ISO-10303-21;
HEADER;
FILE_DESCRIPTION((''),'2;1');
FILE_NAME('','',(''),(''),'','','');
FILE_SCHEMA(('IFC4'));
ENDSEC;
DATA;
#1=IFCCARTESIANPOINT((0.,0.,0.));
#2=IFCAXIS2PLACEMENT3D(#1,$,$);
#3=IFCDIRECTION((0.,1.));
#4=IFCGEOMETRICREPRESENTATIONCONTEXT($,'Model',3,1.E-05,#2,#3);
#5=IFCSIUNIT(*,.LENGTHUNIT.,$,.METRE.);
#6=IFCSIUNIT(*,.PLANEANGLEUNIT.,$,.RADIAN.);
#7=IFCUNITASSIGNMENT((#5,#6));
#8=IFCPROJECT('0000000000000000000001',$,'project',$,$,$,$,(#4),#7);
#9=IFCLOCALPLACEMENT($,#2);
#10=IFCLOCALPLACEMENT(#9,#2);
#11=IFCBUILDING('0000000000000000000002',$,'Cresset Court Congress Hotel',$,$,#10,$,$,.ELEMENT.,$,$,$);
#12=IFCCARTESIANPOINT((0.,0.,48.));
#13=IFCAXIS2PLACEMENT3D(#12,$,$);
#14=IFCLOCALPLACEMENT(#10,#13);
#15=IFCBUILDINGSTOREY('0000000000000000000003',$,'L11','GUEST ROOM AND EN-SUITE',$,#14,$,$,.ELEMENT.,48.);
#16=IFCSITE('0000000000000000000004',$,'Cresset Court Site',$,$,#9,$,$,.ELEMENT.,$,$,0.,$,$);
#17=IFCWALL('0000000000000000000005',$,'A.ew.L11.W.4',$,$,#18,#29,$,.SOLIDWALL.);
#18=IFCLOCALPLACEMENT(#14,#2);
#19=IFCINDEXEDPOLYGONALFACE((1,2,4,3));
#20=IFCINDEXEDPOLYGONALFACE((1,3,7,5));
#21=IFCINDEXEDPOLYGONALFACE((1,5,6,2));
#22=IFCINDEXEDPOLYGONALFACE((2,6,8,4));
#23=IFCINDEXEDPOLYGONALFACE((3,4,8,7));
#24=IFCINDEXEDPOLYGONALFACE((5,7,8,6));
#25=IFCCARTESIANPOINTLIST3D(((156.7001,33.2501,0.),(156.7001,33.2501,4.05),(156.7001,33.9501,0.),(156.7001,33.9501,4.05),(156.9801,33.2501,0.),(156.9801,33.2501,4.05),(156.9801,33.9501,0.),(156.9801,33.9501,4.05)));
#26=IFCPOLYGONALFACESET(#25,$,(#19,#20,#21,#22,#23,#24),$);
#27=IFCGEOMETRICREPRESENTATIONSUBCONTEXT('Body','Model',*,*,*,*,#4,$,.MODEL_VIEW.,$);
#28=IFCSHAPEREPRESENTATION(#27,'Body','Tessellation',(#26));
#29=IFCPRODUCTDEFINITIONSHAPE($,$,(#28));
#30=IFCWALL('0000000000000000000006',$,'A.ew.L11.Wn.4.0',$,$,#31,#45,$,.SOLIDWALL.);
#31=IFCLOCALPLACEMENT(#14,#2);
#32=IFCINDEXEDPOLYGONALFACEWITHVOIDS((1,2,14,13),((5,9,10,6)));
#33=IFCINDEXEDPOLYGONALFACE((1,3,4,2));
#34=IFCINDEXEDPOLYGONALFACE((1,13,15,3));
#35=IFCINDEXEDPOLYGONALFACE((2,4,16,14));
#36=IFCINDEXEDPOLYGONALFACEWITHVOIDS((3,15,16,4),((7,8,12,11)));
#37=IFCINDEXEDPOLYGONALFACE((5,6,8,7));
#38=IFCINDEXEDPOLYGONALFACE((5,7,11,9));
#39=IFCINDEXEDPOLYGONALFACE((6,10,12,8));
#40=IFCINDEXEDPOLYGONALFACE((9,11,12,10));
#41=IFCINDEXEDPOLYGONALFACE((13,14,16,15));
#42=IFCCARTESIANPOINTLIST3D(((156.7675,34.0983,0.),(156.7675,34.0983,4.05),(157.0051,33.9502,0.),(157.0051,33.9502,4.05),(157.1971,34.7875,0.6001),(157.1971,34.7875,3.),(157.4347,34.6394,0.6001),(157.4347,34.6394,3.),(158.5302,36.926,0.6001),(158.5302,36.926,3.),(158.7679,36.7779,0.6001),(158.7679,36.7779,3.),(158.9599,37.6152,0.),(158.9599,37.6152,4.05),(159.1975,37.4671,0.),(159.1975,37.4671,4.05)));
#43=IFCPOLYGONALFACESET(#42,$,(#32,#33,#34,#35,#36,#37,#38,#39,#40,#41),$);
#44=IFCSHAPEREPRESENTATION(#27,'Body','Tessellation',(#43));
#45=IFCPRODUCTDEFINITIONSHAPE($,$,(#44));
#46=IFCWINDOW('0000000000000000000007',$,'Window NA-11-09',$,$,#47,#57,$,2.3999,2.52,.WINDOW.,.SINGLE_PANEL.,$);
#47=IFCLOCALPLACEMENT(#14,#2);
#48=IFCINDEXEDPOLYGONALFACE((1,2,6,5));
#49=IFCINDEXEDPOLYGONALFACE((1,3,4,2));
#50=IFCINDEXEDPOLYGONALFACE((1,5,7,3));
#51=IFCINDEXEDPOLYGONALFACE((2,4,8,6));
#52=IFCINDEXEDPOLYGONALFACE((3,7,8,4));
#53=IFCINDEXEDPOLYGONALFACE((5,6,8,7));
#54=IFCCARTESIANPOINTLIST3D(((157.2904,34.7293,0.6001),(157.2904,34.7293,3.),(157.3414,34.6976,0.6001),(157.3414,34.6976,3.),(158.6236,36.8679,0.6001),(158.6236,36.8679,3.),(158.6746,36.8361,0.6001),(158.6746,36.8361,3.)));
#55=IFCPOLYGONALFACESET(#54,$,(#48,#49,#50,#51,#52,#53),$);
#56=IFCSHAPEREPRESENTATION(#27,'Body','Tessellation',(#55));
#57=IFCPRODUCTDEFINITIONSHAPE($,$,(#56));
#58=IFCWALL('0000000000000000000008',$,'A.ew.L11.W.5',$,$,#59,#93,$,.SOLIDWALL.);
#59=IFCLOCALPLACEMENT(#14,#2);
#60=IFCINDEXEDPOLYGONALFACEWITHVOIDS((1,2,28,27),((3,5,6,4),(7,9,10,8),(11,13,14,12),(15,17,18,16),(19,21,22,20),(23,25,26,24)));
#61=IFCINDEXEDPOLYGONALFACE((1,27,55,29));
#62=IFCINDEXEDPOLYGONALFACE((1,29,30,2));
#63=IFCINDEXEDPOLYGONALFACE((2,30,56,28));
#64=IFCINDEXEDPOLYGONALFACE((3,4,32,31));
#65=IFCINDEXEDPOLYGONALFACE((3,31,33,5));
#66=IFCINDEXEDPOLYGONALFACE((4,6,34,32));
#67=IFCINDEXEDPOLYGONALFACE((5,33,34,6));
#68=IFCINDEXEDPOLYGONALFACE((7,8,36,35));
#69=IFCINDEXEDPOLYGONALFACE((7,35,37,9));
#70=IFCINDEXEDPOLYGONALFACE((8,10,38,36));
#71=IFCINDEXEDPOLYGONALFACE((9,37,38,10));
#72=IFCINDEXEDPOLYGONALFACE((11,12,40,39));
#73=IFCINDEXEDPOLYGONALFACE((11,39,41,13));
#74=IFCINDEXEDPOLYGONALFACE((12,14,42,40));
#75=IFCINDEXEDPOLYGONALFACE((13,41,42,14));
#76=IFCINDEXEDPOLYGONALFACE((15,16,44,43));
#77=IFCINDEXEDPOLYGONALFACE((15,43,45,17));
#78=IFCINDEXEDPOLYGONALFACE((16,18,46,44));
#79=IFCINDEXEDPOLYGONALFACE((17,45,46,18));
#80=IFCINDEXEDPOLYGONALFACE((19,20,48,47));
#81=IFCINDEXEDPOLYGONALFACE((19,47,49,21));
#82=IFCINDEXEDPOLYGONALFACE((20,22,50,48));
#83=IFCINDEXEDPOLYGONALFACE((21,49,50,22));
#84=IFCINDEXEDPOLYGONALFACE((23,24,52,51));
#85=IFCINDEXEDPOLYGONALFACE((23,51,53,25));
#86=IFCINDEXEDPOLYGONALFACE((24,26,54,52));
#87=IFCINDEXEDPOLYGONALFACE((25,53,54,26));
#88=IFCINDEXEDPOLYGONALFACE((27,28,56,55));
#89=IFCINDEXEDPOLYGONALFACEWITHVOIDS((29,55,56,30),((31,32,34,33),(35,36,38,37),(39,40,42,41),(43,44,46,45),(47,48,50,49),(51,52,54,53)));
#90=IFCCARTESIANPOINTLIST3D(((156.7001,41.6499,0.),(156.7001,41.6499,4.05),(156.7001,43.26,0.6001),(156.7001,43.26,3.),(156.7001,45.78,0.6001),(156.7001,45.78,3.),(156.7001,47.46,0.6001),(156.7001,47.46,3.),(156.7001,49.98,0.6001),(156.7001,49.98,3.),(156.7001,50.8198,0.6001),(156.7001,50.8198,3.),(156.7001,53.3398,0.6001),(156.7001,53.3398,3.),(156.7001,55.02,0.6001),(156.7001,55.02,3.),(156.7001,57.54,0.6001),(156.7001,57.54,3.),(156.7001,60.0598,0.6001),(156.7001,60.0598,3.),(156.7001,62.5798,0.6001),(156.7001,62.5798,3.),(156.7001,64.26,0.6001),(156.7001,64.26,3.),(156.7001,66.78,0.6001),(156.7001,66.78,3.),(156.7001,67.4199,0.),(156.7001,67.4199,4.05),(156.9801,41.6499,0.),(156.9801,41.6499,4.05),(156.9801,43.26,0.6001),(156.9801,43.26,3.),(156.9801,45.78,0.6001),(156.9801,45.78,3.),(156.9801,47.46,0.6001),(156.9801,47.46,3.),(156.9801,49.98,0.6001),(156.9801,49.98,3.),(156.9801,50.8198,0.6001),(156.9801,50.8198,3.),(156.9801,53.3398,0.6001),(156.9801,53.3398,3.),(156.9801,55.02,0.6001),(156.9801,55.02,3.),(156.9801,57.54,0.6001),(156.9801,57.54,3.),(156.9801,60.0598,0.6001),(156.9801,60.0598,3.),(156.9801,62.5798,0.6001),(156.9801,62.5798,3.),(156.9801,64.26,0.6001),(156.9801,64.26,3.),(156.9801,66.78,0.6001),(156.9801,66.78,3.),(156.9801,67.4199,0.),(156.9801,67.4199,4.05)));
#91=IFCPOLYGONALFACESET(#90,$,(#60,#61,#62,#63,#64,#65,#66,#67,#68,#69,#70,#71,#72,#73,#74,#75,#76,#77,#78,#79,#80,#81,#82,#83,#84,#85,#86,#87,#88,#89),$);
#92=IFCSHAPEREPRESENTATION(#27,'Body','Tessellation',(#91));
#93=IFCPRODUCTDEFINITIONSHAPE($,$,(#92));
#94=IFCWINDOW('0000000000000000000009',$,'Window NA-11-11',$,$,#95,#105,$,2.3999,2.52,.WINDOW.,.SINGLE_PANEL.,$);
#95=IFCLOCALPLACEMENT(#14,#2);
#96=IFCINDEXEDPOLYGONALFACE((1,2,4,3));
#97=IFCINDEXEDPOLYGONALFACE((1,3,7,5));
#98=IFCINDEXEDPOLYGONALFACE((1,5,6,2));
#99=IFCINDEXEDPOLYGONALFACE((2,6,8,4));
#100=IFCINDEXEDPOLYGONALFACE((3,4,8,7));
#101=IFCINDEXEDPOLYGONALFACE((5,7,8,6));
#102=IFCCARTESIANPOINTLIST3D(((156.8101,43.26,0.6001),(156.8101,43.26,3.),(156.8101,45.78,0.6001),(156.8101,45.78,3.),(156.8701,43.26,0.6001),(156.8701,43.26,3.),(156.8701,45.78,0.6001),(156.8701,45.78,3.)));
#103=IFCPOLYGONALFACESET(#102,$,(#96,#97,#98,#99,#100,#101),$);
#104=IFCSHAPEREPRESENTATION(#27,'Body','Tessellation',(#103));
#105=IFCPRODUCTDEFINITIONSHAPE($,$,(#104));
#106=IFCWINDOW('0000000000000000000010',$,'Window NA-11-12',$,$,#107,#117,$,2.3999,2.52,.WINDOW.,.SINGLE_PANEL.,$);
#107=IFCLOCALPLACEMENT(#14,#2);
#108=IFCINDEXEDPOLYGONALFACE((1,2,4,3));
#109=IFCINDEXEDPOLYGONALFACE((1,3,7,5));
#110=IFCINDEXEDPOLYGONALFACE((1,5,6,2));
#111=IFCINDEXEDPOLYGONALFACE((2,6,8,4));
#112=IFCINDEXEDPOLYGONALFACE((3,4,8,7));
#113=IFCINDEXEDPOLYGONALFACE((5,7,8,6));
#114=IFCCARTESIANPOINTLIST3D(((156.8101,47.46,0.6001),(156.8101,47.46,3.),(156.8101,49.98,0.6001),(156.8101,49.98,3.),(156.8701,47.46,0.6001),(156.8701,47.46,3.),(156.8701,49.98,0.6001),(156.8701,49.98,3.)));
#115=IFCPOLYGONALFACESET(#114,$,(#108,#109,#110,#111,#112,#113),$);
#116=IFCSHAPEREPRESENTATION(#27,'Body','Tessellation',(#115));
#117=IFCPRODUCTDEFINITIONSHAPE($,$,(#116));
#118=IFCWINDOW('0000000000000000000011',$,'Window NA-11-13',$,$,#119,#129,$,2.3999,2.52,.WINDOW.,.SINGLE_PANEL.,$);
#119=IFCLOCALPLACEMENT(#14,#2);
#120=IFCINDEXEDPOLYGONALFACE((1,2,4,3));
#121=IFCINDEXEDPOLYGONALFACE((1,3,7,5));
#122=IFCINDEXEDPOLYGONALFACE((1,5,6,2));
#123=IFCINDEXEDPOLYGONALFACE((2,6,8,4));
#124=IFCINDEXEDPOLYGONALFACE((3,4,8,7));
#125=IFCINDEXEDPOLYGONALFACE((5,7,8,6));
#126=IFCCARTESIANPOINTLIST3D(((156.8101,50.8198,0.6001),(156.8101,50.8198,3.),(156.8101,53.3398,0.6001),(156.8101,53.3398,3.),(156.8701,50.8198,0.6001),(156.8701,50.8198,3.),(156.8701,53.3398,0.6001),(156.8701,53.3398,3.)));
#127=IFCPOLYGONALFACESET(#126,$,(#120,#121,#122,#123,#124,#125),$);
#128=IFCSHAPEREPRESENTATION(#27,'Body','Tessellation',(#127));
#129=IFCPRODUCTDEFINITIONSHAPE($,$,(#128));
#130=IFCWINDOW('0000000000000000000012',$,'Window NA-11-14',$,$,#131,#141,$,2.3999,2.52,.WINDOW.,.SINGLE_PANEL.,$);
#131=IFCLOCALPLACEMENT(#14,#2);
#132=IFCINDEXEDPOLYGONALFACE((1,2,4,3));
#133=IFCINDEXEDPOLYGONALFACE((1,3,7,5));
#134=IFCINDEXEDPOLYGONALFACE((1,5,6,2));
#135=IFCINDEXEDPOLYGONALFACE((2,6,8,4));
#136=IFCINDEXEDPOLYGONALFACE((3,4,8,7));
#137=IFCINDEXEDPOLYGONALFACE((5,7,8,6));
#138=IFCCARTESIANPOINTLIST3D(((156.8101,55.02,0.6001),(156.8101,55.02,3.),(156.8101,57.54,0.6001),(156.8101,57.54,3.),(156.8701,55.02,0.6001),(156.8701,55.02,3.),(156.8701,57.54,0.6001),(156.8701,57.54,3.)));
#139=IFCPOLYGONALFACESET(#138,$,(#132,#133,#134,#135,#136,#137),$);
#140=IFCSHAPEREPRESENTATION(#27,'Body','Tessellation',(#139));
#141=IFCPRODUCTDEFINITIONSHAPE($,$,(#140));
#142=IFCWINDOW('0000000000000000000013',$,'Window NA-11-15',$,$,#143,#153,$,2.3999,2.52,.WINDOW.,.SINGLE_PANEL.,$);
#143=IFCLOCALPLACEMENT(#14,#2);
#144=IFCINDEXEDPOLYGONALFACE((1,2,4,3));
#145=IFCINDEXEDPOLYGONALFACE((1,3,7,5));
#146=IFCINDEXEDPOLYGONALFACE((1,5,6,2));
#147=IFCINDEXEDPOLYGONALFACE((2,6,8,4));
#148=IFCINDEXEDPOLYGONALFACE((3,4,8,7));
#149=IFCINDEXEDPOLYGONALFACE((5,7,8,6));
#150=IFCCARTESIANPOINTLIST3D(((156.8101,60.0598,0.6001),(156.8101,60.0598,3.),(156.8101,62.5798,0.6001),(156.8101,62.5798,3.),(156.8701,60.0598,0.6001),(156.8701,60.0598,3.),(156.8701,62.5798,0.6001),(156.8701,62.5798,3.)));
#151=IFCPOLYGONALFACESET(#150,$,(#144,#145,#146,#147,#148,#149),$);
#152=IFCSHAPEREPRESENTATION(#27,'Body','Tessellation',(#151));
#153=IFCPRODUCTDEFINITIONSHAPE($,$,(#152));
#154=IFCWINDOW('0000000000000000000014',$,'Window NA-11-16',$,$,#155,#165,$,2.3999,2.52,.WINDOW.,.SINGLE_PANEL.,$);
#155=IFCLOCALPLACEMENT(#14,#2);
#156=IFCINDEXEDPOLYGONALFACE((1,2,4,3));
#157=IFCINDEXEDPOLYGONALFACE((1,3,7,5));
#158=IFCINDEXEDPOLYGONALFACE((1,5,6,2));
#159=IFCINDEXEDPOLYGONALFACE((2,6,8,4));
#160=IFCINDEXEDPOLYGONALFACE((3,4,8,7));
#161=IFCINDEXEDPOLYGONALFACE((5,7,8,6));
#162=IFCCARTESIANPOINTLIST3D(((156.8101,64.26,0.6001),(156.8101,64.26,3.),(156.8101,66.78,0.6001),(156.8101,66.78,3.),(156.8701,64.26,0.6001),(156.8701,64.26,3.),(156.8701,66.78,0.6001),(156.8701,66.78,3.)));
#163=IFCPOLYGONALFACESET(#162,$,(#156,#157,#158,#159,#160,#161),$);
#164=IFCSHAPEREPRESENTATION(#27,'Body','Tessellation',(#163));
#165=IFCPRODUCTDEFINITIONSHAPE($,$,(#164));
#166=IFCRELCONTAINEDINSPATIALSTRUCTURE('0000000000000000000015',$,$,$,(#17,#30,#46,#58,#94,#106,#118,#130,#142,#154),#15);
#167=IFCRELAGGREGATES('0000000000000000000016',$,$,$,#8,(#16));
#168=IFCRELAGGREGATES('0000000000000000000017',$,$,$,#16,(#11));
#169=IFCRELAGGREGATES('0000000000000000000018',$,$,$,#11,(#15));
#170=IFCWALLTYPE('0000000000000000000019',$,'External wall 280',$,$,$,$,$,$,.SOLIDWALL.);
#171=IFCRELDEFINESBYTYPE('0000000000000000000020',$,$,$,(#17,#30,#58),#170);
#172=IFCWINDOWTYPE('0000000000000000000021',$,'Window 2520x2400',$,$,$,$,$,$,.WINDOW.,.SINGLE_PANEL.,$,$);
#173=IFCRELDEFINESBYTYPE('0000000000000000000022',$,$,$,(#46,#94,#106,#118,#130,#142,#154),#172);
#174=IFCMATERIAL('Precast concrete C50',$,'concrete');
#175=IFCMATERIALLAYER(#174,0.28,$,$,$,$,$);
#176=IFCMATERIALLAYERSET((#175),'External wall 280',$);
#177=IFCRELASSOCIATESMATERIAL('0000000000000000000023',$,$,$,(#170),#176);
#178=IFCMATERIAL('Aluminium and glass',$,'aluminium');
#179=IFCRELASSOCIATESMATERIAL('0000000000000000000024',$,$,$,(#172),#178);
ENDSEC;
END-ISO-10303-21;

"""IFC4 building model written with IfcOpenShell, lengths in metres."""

from ifc_helpers import new_model, si_unit, direction, frame, frame_2d, origin, place, context, subcontext, project, spatial, rectangle, extrude, material, layer, layer_set, type_object, element, fill, save


model = new_model("IFC4")

# Units and contexts
model_context = context("Model", 3, precision=1e-05, world=origin(), true_north=direction((0.0, 1.0)))
body_context = subcontext(model_context, "Body", "Model", "MODEL_VIEW")
ifc_project = project(units=[si_unit("LENGTHUNIT", "METRE"), si_unit("PLANEANGLEUNIT", "RADIAN")], contexts=[model_context])

# Site, building, storey
site_placement = place(None, origin())
site = spatial("IfcSite", under=ifc_project, at=site_placement, Name="Cresset Court Site", CompositionType="ELEMENT", RefElevation=0.0)
building_placement = place(site_placement, origin())
building = spatial("IfcBuilding", under=site, at=building_placement, Name="Cresset Court Congress Hotel", CompositionType="ELEMENT")
storey_placement = place(building_placement, frame((0.0, 0.0, 48.0)))
storey = spatial("IfcBuildingStorey", under=building, at=storey_placement, Name="L11", Description="GUEST ROOM AND EN-SUITE", CompositionType="ELEMENT", Elevation=48.0)

# Wall
ifc_material_1 = material(Name="Precast concrete C50", Category="concrete")
ifc_layer_1 = layer(ifc_material_1, 0.28)
ifc_layer_set_1 = layer_set([ifc_layer_1], Name="External wall 280")
wall_type_1 = type_object("IfcWallType", Name="External wall 280", PredefinedType="SOLIDWALL", material=ifc_layer_set_1)
wall_1_placement = place(storey_placement, frame((156.8401, 33.25, 0.0), z_axis=(0.0, 0.0, 1.0), x_axis=(0.0, 1.0, 0.0)))
element("IfcWall", 1, at=wall_1_placement, inside=storey, type_object=wall_type_1, Name="A.ew.L11.W.4", PredefinedType="SOLIDWALL", context=body_context, shape_type="SweptSolid", body=[
    extrude(rectangle(XDim=0.7, YDim=0.28, at=frame_2d((0.3501, 0.0))), origin(), (0.0, 0.0, 1.0), 4.05),
])

# Wall, opening, window
wall_2_placement = place(storey_placement, frame((156.8862, 34.0242, 0.0), z_axis=(0.0, 0.0, 1.0), x_axis=(0.529019, 0.84861, 0.0)))
wall_2 = element("IfcWall", 2, at=wall_2_placement, inside=storey, type_object=wall_type_1, Name="A.ew.L11.Wn.4.0", PredefinedType="SOLIDWALL", context=body_context, shape_type="SweptSolid", body=[
    extrude(rectangle(XDim=4.1443, YDim=0.28, at=frame_2d((2.0723, 0.0))), origin(), (0.0, 0.0, 1.0), 4.05),
])
opening_1_placement = place(wall_2_placement, frame((0.8123, 0.0, 0.6001)))
opening_1 = element("IfcOpeningElement", 3, at=opening_1_placement, cuts=wall_2, PredefinedType="OPENING", context=body_context, shape_type="SweptSolid", body=[
    extrude(rectangle(XDim=2.52, YDim=2.3999, at=frame_2d((1.26, 1.2))), frame((0.0, 0.1499, 0.0), z_axis=(0.0, -1.0, 0.0), x_axis=(1.0, 0.0, 0.0)), (0.0, 0.0, 1.0), 0.3),
])
ifc_material_2 = material(Name="Aluminium and glass", Category="aluminium")
window_type = type_object("IfcWindowType", Name="Window 2520x2400", PartitioningType="SINGLE_PANEL", PredefinedType="WINDOW", material=ifc_material_2)
window_1_placement = place(opening_1_placement, origin())
window_1 = element("IfcWindow", 4, at=window_1_placement, inside=storey, type_object=window_type, Name="Window NA-11-09", OverallHeight=2.3999, OverallWidth=2.52, PartitioningType="SINGLE_PANEL", PredefinedType="WINDOW", context=body_context, shape_type="SweptSolid", body=[
    extrude(rectangle(XDim=2.52, YDim=2.3999, at=frame_2d((1.26, 1.2))), frame((0.0, 0.03, 0.0), z_axis=(0.0, -1.0, 0.0), x_axis=(1.0, 0.0, 0.0)), (0.0, 0.0, 1.0), 0.0601),
])
fill(opening_1, window_1)

# Wall, openings, windows
wall_3_placement = place(storey_placement, frame((156.8401, 41.6499, 0.0), z_axis=(0.0, 0.0, 1.0), x_axis=(0.0, 1.0, 0.0)))
wall_3 = element("IfcWall", 5, at=wall_3_placement, inside=storey, type_object=wall_type_1, Name="A.ew.L11.W.5", PredefinedType="SOLIDWALL", context=body_context, shape_type="SweptSolid", body=[
    extrude(rectangle(XDim=25.77, YDim=0.28, at=frame_2d((12.885, 0.0))), origin(), (0.0, 0.0, 1.0), 4.05),
])
opening_2_placement = place(wall_3_placement, frame((1.6101, 0.0, 0.6001)))
opening_2 = element("IfcOpeningElement", 6, at=opening_2_placement, cuts=wall_3, PredefinedType="OPENING", context=body_context, shape_type="SweptSolid", body=[
    extrude(rectangle(XDim=2.52, YDim=2.3999, at=frame_2d((1.26, 1.2))), frame((0.0, 0.1499, 0.0), z_axis=(0.0, -1.0, 0.0), x_axis=(1.0, 0.0, 0.0)), (0.0, 0.0, 1.0), 0.3),
])
opening_3_placement = place(wall_3_placement, frame((5.8101, 0.0, 0.6001)))
opening_3 = element("IfcOpeningElement", 7, at=opening_3_placement, cuts=wall_3, PredefinedType="OPENING", context=body_context, shape_type="SweptSolid", body=[
    extrude(rectangle(XDim=2.52, YDim=2.3999, at=frame_2d((1.26, 1.2))), frame((0.0, 0.1499, 0.0), z_axis=(0.0, -1.0, 0.0), x_axis=(1.0, 0.0, 0.0)), (0.0, 0.0, 1.0), 0.3),
])
opening_4_placement = place(wall_3_placement, frame((9.1699, 0.0, 0.6001)))
opening_4 = element("IfcOpeningElement", 8, at=opening_4_placement, cuts=wall_3, PredefinedType="OPENING", context=body_context, shape_type="SweptSolid", body=[
    extrude(rectangle(XDim=2.52, YDim=2.3999, at=frame_2d((1.26, 1.2))), frame((0.0, 0.1499, 0.0), z_axis=(0.0, -1.0, 0.0), x_axis=(1.0, 0.0, 0.0)), (0.0, 0.0, 1.0), 0.3),
])
opening_5_placement = place(wall_3_placement, frame((13.3701, 0.0, 0.6001)))
opening_5 = element("IfcOpeningElement", 9, at=opening_5_placement, cuts=wall_3, PredefinedType="OPENING", context=body_context, shape_type="SweptSolid", body=[
    extrude(rectangle(XDim=2.52, YDim=2.3999, at=frame_2d((1.26, 1.2))), frame((0.0, 0.1499, 0.0), z_axis=(0.0, -1.0, 0.0), x_axis=(1.0, 0.0, 0.0)), (0.0, 0.0, 1.0), 0.3),
])
opening_6_placement = place(wall_3_placement, frame((18.4099, 0.0, 0.6001)))
opening_6 = element("IfcOpeningElement", 10, at=opening_6_placement, cuts=wall_3, PredefinedType="OPENING", context=body_context, shape_type="SweptSolid", body=[
    extrude(rectangle(XDim=2.52, YDim=2.3999, at=frame_2d((1.26, 1.2))), frame((0.0, 0.1499, 0.0), z_axis=(0.0, -1.0, 0.0), x_axis=(1.0, 0.0, 0.0)), (0.0, 0.0, 1.0), 0.3),
])
opening_7_placement = place(wall_3_placement, frame((22.6101, 0.0, 0.6001)))
opening_7 = element("IfcOpeningElement", 11, at=opening_7_placement, cuts=wall_3, PredefinedType="OPENING", context=body_context, shape_type="SweptSolid", body=[
    extrude(rectangle(XDim=2.52, YDim=2.3999, at=frame_2d((1.26, 1.2))), frame((0.0, 0.1499, 0.0), z_axis=(0.0, -1.0, 0.0), x_axis=(1.0, 0.0, 0.0)), (0.0, 0.0, 1.0), 0.3),
])
window_2_placement = place(opening_2_placement, origin())
window_2 = element("IfcWindow", 12, at=window_2_placement, inside=storey, type_object=window_type, Name="Window NA-11-11", OverallHeight=2.3999, OverallWidth=2.52, PartitioningType="SINGLE_PANEL", PredefinedType="WINDOW", context=body_context, shape_type="SweptSolid", body=[
    extrude(rectangle(XDim=2.52, YDim=2.3999, at=frame_2d((1.26, 1.2))), frame((0.0, 0.03, 0.0), z_axis=(0.0, -1.0, 0.0), x_axis=(1.0, 0.0, 0.0)), (0.0, 0.0, 1.0), 0.0601),
])
fill(opening_2, window_2)
window_3_placement = place(opening_3_placement, origin())
window_3 = element("IfcWindow", 13, at=window_3_placement, inside=storey, type_object=window_type, Name="Window NA-11-12", OverallHeight=2.3999, OverallWidth=2.52, PartitioningType="SINGLE_PANEL", PredefinedType="WINDOW", context=body_context, shape_type="SweptSolid", body=[
    extrude(rectangle(XDim=2.52, YDim=2.3999, at=frame_2d((1.26, 1.2))), frame((0.0, 0.03, 0.0), z_axis=(0.0, -1.0, 0.0), x_axis=(1.0, 0.0, 0.0)), (0.0, 0.0, 1.0), 0.0601),
])
fill(opening_3, window_3)
window_4_placement = place(opening_4_placement, origin())
window_4 = element("IfcWindow", 14, at=window_4_placement, inside=storey, type_object=window_type, Name="Window NA-11-13", OverallHeight=2.3999, OverallWidth=2.52, PartitioningType="SINGLE_PANEL", PredefinedType="WINDOW", context=body_context, shape_type="SweptSolid", body=[
    extrude(rectangle(XDim=2.52, YDim=2.3999, at=frame_2d((1.26, 1.2))), frame((0.0, 0.03, 0.0), z_axis=(0.0, -1.0, 0.0), x_axis=(1.0, 0.0, 0.0)), (0.0, 0.0, 1.0), 0.0601),
])
fill(opening_4, window_4)
window_5_placement = place(opening_5_placement, origin())
window_5 = element("IfcWindow", 15, at=window_5_placement, inside=storey, type_object=window_type, Name="Window NA-11-14", OverallHeight=2.3999, OverallWidth=2.52, PartitioningType="SINGLE_PANEL", PredefinedType="WINDOW", context=body_context, shape_type="SweptSolid", body=[
    extrude(rectangle(XDim=2.52, YDim=2.3999, at=frame_2d((1.26, 1.2))), frame((0.0, 0.03, 0.0), z_axis=(0.0, -1.0, 0.0), x_axis=(1.0, 0.0, 0.0)), (0.0, 0.0, 1.0), 0.0601),
])
fill(opening_5, window_5)
window_6_placement = place(opening_6_placement, origin())
window_6 = element("IfcWindow", 16, at=window_6_placement, inside=storey, type_object=window_type, Name="Window NA-11-15", OverallHeight=2.3999, OverallWidth=2.52, PartitioningType="SINGLE_PANEL", PredefinedType="WINDOW", context=body_context, shape_type="SweptSolid", body=[
    extrude(rectangle(XDim=2.52, YDim=2.3999, at=frame_2d((1.26, 1.2))), frame((0.0, 0.03, 0.0), z_axis=(0.0, -1.0, 0.0), x_axis=(1.0, 0.0, 0.0)), (0.0, 0.0, 1.0), 0.0601),
])
fill(opening_6, window_6)
window_7_placement = place(opening_7_placement, origin())
window_7 = element("IfcWindow", 17, at=window_7_placement, inside=storey, type_object=window_type, Name="Window NA-11-16", OverallHeight=2.3999, OverallWidth=2.52, PartitioningType="SINGLE_PANEL", PredefinedType="WINDOW", context=body_context, shape_type="SweptSolid", body=[
    extrude(rectangle(XDim=2.52, YDim=2.3999, at=frame_2d((1.26, 1.2))), frame((0.0, 0.03, 0.0), z_axis=(0.0, -1.0, 0.0), x_axis=(1.0, 0.0, 0.0)), (0.0, 0.0, 1.0), 0.0601),
])
fill(opening_7, window_7)

save(model, "model.ifc")
